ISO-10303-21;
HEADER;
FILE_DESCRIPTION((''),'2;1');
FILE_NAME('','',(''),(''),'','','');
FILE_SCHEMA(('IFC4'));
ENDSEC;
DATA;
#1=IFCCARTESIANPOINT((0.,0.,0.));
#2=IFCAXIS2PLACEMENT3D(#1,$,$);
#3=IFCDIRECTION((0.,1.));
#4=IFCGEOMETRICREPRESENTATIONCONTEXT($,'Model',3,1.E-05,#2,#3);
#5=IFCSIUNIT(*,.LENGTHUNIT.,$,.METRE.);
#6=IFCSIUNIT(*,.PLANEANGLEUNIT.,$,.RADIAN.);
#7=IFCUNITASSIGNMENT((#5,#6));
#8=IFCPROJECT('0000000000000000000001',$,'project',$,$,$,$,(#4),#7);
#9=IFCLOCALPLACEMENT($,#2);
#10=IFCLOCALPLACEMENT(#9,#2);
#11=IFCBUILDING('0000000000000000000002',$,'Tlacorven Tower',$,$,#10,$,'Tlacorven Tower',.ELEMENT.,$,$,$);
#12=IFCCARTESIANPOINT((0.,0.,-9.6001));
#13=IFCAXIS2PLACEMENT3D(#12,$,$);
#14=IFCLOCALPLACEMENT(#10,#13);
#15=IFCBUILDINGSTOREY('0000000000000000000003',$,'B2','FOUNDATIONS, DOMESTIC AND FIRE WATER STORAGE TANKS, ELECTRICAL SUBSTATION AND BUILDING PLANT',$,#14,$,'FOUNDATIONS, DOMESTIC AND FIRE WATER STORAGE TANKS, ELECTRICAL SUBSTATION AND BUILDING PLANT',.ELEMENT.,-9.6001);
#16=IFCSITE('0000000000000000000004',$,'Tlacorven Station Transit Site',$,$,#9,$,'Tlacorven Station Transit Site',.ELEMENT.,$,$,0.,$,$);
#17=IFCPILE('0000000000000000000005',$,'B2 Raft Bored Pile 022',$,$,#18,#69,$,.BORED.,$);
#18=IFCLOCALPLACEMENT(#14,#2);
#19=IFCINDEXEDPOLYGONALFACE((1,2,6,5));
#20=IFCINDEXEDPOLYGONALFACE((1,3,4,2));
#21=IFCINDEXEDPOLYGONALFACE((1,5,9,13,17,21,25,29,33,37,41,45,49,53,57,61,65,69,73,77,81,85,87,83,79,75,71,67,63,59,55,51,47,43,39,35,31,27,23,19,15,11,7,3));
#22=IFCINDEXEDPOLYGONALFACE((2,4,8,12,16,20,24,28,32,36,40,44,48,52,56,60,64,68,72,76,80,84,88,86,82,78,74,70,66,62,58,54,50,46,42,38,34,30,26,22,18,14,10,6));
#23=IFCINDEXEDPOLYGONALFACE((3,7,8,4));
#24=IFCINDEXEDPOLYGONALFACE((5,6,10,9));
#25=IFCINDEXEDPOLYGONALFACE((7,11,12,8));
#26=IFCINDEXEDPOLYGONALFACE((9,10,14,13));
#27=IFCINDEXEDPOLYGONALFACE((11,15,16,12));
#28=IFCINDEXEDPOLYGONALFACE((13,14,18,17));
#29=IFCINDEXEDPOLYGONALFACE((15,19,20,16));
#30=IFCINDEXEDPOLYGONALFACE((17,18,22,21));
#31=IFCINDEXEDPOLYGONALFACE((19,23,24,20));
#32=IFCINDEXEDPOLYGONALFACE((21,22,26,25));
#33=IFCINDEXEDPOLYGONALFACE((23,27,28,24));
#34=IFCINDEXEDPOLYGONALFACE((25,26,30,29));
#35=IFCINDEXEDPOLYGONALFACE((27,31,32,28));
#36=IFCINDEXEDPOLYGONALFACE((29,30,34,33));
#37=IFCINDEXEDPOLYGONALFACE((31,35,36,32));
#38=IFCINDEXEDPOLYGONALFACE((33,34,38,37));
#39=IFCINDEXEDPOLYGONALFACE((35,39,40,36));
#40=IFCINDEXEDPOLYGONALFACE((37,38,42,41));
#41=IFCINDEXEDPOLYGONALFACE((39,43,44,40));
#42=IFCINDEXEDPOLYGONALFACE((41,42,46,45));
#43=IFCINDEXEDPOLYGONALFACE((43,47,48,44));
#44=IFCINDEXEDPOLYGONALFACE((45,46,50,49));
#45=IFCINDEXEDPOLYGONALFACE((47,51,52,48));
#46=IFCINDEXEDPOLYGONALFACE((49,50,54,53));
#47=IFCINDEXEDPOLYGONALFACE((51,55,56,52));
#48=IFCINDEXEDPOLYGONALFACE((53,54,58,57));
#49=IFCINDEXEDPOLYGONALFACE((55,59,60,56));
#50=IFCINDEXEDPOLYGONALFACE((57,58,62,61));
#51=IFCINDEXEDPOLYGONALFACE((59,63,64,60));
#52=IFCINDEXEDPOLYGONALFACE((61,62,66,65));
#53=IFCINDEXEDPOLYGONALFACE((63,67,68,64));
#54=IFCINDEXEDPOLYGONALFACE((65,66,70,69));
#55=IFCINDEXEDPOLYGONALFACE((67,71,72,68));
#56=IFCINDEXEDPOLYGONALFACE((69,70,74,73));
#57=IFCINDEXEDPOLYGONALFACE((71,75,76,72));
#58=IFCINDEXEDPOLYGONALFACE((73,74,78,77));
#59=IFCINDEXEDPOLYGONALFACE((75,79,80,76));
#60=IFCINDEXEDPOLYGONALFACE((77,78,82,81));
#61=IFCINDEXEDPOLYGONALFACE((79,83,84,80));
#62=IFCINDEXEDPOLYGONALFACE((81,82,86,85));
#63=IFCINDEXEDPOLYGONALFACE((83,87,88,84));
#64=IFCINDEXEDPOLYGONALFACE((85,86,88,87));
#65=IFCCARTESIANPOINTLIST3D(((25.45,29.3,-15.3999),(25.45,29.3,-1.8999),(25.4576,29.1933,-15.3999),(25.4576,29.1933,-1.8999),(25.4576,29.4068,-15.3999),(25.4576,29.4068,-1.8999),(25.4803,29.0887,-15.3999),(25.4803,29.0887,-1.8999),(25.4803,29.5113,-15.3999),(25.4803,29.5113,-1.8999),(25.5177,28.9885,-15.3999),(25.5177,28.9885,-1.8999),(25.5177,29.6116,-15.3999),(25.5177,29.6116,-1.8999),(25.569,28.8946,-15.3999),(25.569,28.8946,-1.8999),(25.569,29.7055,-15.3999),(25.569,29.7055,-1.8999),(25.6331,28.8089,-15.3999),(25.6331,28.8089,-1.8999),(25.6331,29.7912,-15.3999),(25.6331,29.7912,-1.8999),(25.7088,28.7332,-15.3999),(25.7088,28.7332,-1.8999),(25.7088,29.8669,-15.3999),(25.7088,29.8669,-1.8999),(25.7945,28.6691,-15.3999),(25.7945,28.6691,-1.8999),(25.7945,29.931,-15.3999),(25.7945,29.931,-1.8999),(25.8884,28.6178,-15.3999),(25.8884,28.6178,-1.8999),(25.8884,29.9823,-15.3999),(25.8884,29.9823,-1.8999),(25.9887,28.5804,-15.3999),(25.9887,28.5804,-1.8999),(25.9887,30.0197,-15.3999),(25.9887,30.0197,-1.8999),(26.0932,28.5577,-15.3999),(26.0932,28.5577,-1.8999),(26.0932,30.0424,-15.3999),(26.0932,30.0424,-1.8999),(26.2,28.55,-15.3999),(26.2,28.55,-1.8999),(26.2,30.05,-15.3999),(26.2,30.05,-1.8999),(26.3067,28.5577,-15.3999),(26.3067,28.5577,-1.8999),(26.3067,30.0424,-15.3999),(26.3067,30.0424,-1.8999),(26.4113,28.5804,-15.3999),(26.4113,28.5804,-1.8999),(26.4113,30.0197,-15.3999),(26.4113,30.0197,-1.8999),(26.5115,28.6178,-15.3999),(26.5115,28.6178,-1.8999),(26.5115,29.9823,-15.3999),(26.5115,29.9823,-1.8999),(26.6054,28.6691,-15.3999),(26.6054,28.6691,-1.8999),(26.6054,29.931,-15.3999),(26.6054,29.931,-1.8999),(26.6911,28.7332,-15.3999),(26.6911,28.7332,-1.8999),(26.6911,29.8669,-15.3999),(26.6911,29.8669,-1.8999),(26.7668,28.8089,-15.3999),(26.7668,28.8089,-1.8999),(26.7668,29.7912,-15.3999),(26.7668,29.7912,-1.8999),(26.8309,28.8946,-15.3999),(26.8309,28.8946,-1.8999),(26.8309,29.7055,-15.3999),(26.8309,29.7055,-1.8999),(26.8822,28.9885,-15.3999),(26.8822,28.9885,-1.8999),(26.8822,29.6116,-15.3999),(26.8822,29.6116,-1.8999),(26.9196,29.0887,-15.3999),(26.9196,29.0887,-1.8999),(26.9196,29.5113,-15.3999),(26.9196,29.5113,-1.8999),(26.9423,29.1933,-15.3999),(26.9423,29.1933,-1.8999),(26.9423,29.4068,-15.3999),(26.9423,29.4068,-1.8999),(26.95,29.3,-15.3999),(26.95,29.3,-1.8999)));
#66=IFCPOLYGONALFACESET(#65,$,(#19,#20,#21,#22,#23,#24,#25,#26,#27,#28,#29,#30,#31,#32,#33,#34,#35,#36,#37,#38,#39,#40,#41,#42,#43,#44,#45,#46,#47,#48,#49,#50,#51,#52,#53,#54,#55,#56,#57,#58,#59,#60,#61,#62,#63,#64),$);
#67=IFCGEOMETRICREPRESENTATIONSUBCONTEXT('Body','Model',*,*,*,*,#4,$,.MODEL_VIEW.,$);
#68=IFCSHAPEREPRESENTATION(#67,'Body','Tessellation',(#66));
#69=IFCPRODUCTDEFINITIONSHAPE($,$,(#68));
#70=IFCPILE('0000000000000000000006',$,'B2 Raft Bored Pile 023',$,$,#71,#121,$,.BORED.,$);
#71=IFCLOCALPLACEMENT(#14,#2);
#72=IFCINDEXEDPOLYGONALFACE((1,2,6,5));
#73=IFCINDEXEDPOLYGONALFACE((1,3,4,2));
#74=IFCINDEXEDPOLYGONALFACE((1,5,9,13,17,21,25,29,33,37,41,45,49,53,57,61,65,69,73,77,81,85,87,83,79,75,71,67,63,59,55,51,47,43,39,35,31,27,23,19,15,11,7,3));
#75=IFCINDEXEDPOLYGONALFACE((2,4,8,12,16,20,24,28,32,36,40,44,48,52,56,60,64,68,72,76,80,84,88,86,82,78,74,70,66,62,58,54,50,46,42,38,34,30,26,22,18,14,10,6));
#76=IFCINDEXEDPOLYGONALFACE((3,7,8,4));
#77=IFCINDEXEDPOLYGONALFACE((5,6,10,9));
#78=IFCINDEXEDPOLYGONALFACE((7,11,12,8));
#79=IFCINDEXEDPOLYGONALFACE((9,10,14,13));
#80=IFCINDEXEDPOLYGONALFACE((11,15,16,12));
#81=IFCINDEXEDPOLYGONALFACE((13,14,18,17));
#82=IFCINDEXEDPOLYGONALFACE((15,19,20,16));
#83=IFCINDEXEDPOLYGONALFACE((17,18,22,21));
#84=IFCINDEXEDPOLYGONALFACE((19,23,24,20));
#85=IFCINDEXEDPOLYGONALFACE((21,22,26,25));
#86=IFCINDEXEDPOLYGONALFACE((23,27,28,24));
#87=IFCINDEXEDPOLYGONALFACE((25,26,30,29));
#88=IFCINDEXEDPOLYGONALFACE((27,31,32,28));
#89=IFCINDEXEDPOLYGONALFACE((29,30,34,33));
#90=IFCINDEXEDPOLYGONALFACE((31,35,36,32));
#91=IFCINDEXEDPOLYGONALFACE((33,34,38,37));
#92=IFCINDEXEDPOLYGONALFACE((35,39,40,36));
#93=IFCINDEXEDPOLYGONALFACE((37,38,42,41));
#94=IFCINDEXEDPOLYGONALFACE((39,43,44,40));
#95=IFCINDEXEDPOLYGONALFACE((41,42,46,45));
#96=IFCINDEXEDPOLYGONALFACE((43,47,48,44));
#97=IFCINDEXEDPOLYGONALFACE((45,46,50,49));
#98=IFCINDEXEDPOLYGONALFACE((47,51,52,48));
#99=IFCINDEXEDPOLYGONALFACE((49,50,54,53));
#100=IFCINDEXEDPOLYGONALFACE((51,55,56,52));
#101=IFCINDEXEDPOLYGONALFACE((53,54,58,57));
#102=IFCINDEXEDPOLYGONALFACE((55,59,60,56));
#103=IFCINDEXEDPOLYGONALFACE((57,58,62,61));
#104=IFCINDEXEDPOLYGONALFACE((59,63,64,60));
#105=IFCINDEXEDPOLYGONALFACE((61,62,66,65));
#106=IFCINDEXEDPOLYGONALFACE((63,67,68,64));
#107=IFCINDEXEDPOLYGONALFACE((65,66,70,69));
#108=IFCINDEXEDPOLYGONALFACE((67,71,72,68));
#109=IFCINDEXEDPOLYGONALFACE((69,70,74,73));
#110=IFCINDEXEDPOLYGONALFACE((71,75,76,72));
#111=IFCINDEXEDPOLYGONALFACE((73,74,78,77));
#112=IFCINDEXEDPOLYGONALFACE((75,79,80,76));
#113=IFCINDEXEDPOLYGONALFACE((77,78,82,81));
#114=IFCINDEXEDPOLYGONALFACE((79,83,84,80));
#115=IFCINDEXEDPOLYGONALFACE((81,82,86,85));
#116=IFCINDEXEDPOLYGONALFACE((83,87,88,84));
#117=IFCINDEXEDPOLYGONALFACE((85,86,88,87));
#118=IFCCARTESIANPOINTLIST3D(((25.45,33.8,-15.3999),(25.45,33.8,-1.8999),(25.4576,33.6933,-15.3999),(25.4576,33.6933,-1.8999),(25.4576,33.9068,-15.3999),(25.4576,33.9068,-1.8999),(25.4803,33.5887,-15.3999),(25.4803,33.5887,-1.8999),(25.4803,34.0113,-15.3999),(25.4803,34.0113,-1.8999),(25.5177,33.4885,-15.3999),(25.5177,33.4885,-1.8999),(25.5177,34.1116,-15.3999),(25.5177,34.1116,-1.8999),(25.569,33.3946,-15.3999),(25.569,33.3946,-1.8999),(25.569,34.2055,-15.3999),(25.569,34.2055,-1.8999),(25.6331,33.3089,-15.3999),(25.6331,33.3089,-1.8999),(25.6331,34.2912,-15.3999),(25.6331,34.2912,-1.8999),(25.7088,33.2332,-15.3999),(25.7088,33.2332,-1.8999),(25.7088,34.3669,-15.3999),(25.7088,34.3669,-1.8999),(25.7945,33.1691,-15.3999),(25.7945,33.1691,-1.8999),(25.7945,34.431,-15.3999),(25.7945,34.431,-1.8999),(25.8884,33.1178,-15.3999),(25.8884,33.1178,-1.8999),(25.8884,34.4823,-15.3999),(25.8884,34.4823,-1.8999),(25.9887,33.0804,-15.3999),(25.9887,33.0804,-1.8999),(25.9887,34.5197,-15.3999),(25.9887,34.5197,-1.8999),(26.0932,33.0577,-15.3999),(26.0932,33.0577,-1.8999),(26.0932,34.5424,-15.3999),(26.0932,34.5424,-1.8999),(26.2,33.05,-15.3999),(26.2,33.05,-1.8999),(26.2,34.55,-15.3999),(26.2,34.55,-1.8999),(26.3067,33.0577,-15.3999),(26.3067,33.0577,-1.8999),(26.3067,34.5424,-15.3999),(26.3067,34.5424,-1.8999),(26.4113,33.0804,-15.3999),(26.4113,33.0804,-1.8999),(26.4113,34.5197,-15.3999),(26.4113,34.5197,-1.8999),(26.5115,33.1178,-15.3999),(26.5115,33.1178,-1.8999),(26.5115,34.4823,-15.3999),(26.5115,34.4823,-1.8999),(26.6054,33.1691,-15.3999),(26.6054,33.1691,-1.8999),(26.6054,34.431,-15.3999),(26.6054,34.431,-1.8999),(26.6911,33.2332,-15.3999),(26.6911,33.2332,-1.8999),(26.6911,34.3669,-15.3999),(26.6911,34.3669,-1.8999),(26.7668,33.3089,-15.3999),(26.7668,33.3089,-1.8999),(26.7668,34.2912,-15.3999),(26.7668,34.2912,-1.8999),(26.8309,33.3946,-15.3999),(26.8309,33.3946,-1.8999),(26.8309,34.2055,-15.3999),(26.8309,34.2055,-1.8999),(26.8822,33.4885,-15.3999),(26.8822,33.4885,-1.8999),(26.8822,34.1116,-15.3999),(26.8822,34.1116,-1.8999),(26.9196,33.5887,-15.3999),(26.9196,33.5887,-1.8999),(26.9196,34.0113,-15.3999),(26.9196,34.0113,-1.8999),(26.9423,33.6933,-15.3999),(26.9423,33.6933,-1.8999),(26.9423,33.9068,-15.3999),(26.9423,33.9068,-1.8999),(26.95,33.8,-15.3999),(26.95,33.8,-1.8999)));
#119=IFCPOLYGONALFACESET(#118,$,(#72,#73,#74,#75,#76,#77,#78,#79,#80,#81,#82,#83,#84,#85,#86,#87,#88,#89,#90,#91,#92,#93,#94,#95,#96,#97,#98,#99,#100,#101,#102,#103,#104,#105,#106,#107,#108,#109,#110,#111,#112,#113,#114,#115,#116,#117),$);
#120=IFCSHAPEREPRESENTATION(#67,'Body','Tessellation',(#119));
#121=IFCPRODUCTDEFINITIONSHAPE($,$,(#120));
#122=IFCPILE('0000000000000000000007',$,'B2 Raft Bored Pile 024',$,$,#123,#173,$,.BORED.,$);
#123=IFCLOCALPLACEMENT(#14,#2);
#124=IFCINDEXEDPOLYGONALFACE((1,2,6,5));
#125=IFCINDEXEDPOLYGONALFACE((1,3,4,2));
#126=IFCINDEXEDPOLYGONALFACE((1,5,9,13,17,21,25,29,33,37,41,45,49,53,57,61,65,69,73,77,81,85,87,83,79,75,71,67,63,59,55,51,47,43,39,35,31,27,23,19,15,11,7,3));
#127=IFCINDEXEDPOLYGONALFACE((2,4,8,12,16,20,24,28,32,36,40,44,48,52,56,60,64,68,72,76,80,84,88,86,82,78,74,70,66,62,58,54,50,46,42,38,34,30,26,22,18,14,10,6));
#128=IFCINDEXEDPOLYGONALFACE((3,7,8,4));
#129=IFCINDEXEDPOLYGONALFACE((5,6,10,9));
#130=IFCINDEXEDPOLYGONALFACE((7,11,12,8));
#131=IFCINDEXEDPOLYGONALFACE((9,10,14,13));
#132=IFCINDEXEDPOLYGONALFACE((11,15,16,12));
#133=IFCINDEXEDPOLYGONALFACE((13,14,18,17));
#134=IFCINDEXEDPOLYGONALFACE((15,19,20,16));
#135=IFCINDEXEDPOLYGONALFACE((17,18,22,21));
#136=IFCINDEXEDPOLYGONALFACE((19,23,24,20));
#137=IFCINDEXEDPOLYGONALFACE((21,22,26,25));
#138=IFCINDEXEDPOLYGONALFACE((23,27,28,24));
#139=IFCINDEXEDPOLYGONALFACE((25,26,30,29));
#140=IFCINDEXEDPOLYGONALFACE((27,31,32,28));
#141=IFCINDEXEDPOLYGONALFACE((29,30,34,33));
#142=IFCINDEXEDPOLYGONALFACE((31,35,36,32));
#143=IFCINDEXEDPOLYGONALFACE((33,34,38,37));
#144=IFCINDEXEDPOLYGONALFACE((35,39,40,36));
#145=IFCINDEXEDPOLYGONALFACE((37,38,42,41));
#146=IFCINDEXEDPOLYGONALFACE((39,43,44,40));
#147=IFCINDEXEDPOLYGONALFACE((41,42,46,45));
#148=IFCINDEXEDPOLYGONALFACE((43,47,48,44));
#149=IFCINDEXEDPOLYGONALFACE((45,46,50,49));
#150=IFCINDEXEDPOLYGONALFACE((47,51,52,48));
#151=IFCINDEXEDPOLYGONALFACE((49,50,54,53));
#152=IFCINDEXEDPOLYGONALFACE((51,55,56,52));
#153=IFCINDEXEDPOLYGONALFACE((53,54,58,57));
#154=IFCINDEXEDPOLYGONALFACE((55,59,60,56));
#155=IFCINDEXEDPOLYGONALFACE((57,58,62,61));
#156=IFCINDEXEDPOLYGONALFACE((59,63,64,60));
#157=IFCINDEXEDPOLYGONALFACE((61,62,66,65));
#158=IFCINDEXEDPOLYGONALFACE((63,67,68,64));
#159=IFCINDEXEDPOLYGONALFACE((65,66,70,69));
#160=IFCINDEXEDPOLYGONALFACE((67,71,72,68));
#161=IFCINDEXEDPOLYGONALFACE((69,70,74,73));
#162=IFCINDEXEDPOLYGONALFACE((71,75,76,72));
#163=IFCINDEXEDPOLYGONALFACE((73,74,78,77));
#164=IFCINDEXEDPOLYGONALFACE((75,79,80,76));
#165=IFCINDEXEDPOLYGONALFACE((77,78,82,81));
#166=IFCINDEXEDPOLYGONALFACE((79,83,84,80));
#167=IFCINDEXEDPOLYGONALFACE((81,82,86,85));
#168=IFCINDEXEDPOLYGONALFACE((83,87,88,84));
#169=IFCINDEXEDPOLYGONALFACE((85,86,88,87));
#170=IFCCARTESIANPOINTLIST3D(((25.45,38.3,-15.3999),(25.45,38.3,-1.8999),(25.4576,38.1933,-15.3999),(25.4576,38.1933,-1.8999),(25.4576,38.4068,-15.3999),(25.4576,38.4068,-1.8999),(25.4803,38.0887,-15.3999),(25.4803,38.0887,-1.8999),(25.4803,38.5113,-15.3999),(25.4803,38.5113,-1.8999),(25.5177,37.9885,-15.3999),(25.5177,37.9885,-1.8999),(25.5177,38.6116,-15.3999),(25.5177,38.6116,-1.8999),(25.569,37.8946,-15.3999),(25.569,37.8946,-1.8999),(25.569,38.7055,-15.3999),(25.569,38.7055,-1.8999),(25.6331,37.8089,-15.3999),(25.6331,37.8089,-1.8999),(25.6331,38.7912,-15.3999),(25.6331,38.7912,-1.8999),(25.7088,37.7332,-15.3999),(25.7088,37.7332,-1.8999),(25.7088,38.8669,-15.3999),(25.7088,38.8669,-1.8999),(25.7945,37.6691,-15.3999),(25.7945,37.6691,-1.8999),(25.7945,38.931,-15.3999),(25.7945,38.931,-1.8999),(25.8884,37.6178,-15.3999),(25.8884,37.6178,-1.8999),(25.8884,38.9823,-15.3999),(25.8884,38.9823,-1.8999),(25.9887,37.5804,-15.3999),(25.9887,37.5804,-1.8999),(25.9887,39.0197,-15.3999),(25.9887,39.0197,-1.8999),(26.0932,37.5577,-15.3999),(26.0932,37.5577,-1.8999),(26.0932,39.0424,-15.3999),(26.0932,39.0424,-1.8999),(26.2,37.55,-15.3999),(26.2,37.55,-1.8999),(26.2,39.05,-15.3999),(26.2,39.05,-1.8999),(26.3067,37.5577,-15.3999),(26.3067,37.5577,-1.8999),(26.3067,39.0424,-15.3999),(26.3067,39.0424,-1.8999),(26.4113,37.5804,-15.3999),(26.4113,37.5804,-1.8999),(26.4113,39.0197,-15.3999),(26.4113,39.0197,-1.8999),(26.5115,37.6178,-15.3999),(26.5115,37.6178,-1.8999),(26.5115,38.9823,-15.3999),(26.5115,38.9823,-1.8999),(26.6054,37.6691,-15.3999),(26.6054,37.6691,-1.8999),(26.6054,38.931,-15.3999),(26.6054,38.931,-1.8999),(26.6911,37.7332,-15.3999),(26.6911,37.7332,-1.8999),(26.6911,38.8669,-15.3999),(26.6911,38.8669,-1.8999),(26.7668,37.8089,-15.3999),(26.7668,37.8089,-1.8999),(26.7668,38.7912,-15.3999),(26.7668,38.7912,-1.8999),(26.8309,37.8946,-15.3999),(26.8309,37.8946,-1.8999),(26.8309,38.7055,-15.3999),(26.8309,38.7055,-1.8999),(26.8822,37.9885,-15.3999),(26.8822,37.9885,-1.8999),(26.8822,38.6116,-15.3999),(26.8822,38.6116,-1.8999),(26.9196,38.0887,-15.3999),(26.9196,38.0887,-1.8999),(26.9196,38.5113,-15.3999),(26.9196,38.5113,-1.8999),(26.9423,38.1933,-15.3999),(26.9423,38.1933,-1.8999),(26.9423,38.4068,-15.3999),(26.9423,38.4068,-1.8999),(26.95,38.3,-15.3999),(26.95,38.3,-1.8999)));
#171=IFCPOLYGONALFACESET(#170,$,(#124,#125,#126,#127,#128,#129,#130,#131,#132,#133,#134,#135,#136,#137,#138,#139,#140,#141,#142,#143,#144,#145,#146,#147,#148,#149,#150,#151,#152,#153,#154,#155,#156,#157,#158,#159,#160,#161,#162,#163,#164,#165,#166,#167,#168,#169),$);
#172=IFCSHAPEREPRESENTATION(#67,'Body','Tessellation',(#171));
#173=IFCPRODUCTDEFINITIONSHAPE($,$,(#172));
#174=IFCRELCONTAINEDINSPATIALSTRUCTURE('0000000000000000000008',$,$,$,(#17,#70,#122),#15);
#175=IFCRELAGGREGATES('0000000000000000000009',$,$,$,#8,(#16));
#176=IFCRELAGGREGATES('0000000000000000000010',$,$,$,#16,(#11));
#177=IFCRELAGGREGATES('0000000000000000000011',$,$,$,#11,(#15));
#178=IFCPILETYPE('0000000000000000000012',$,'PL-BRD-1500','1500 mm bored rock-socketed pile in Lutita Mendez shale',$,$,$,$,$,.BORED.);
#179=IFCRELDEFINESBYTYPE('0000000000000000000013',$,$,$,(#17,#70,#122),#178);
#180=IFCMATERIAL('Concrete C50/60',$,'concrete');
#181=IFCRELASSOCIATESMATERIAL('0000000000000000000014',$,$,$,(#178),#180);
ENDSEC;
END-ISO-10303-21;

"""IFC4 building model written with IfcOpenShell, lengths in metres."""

from ifc_helpers import new_model, si_unit, direction, frame, origin, origin_2d, place, context, subcontext, project, spatial, circle, extrude, source, transform, mapped, material, material_profile, profile_set, type_object, element, save


model = new_model("IFC4")

# Units and contexts
model_context = context("Model", 3, precision=1e-05, world=origin(), true_north=direction((0.0, 1.0)))
body_context = subcontext(model_context, "Body", "Model", "MODEL_VIEW")
ifc_project = project(units=[si_unit("LENGTHUNIT", "METRE"), si_unit("PLANEANGLEUNIT", "RADIAN")], contexts=[model_context])

# Site, building, storey
site_placement = place(None, origin())
site = spatial("IfcSite", under=ifc_project, at=site_placement, Name="Tlacorven Station Transit Site", LongName="Tlacorven Station Transit Site", CompositionType="ELEMENT", RefElevation=0.0)
building_placement = place(site_placement, origin())
building = spatial("IfcBuilding", under=site, at=building_placement, Name="Tlacorven Tower", LongName="Tlacorven Tower", CompositionType="ELEMENT")
storey_placement = place(building_placement, frame((0.0, 0.0, -9.6001)))
storey = spatial("IfcBuildingStorey", under=building, at=storey_placement, Name="B2", Description="FOUNDATIONS, DOMESTIC AND FIRE WATER STORAGE TANKS, ELECTRICAL SUBSTATION AND BUILDING PLANT", LongName="FOUNDATIONS, DOMESTIC AND FIRE WATER STORAGE TANKS, ELECTRICAL SUBSTATION AND BUILDING PLANT", CompositionType="ELEMENT", Elevation=-9.6001)

# Piles
ifc_material_1 = material(Name="Concrete C50/60", Category="concrete")
ifc_material_profile_1 = material_profile(ifc_material_1, circle(Radius=0.75, at=origin_2d()), Name="BORED PILE D1500")
ifc_profile_set_1 = profile_set([ifc_material_profile_1], Name="Concrete C50/60")
pile_type_1 = type_object("IfcPileType", Name="PL-BRD-1500", Description="1500 mm bored rock-socketed pile in Lutita Mendez shale", PredefinedType="BORED", material=ifc_profile_set_1)
shared_shape_1 = source(origin(), body_context, "Body", "SweptSolid", [
    extrude(circle(Radius=0.75, at=origin_2d()), origin(), (0.0, 0.0, 1.0), 13.5),
])
for number, where, z_axis, x_axis, name in (
    (1, (26.2, 29.3, -1.8999), (0.0, 0.0, -1.0), (1.0, 0.0, 0.0), "B2 Raft Bored Pile 022"),
    (2, (26.2, 33.8, -1.8999), (0.0, 0.0, -1.0), (1.0, 0.0, 0.0), "B2 Raft Bored Pile 023"),
    (3, (26.2, 38.3, -1.8999), (0.0, 0.0, -1.0), (1.0, 0.0, 0.0), "B2 Raft Bored Pile 024"),
):
    element("IfcPile", number, at=place(storey_placement, frame(where, z_axis=z_axis, x_axis=x_axis)), inside=storey, type_object=pile_type_1, Name=name, PredefinedType="BORED", context=body_context, shape_type="MappedRepresentation", body=[
        mapped(shared_shape_1, transform((0.0, 0.0, 0.0), scale=1.0)),
    ])

save(model, "model.ifc")
